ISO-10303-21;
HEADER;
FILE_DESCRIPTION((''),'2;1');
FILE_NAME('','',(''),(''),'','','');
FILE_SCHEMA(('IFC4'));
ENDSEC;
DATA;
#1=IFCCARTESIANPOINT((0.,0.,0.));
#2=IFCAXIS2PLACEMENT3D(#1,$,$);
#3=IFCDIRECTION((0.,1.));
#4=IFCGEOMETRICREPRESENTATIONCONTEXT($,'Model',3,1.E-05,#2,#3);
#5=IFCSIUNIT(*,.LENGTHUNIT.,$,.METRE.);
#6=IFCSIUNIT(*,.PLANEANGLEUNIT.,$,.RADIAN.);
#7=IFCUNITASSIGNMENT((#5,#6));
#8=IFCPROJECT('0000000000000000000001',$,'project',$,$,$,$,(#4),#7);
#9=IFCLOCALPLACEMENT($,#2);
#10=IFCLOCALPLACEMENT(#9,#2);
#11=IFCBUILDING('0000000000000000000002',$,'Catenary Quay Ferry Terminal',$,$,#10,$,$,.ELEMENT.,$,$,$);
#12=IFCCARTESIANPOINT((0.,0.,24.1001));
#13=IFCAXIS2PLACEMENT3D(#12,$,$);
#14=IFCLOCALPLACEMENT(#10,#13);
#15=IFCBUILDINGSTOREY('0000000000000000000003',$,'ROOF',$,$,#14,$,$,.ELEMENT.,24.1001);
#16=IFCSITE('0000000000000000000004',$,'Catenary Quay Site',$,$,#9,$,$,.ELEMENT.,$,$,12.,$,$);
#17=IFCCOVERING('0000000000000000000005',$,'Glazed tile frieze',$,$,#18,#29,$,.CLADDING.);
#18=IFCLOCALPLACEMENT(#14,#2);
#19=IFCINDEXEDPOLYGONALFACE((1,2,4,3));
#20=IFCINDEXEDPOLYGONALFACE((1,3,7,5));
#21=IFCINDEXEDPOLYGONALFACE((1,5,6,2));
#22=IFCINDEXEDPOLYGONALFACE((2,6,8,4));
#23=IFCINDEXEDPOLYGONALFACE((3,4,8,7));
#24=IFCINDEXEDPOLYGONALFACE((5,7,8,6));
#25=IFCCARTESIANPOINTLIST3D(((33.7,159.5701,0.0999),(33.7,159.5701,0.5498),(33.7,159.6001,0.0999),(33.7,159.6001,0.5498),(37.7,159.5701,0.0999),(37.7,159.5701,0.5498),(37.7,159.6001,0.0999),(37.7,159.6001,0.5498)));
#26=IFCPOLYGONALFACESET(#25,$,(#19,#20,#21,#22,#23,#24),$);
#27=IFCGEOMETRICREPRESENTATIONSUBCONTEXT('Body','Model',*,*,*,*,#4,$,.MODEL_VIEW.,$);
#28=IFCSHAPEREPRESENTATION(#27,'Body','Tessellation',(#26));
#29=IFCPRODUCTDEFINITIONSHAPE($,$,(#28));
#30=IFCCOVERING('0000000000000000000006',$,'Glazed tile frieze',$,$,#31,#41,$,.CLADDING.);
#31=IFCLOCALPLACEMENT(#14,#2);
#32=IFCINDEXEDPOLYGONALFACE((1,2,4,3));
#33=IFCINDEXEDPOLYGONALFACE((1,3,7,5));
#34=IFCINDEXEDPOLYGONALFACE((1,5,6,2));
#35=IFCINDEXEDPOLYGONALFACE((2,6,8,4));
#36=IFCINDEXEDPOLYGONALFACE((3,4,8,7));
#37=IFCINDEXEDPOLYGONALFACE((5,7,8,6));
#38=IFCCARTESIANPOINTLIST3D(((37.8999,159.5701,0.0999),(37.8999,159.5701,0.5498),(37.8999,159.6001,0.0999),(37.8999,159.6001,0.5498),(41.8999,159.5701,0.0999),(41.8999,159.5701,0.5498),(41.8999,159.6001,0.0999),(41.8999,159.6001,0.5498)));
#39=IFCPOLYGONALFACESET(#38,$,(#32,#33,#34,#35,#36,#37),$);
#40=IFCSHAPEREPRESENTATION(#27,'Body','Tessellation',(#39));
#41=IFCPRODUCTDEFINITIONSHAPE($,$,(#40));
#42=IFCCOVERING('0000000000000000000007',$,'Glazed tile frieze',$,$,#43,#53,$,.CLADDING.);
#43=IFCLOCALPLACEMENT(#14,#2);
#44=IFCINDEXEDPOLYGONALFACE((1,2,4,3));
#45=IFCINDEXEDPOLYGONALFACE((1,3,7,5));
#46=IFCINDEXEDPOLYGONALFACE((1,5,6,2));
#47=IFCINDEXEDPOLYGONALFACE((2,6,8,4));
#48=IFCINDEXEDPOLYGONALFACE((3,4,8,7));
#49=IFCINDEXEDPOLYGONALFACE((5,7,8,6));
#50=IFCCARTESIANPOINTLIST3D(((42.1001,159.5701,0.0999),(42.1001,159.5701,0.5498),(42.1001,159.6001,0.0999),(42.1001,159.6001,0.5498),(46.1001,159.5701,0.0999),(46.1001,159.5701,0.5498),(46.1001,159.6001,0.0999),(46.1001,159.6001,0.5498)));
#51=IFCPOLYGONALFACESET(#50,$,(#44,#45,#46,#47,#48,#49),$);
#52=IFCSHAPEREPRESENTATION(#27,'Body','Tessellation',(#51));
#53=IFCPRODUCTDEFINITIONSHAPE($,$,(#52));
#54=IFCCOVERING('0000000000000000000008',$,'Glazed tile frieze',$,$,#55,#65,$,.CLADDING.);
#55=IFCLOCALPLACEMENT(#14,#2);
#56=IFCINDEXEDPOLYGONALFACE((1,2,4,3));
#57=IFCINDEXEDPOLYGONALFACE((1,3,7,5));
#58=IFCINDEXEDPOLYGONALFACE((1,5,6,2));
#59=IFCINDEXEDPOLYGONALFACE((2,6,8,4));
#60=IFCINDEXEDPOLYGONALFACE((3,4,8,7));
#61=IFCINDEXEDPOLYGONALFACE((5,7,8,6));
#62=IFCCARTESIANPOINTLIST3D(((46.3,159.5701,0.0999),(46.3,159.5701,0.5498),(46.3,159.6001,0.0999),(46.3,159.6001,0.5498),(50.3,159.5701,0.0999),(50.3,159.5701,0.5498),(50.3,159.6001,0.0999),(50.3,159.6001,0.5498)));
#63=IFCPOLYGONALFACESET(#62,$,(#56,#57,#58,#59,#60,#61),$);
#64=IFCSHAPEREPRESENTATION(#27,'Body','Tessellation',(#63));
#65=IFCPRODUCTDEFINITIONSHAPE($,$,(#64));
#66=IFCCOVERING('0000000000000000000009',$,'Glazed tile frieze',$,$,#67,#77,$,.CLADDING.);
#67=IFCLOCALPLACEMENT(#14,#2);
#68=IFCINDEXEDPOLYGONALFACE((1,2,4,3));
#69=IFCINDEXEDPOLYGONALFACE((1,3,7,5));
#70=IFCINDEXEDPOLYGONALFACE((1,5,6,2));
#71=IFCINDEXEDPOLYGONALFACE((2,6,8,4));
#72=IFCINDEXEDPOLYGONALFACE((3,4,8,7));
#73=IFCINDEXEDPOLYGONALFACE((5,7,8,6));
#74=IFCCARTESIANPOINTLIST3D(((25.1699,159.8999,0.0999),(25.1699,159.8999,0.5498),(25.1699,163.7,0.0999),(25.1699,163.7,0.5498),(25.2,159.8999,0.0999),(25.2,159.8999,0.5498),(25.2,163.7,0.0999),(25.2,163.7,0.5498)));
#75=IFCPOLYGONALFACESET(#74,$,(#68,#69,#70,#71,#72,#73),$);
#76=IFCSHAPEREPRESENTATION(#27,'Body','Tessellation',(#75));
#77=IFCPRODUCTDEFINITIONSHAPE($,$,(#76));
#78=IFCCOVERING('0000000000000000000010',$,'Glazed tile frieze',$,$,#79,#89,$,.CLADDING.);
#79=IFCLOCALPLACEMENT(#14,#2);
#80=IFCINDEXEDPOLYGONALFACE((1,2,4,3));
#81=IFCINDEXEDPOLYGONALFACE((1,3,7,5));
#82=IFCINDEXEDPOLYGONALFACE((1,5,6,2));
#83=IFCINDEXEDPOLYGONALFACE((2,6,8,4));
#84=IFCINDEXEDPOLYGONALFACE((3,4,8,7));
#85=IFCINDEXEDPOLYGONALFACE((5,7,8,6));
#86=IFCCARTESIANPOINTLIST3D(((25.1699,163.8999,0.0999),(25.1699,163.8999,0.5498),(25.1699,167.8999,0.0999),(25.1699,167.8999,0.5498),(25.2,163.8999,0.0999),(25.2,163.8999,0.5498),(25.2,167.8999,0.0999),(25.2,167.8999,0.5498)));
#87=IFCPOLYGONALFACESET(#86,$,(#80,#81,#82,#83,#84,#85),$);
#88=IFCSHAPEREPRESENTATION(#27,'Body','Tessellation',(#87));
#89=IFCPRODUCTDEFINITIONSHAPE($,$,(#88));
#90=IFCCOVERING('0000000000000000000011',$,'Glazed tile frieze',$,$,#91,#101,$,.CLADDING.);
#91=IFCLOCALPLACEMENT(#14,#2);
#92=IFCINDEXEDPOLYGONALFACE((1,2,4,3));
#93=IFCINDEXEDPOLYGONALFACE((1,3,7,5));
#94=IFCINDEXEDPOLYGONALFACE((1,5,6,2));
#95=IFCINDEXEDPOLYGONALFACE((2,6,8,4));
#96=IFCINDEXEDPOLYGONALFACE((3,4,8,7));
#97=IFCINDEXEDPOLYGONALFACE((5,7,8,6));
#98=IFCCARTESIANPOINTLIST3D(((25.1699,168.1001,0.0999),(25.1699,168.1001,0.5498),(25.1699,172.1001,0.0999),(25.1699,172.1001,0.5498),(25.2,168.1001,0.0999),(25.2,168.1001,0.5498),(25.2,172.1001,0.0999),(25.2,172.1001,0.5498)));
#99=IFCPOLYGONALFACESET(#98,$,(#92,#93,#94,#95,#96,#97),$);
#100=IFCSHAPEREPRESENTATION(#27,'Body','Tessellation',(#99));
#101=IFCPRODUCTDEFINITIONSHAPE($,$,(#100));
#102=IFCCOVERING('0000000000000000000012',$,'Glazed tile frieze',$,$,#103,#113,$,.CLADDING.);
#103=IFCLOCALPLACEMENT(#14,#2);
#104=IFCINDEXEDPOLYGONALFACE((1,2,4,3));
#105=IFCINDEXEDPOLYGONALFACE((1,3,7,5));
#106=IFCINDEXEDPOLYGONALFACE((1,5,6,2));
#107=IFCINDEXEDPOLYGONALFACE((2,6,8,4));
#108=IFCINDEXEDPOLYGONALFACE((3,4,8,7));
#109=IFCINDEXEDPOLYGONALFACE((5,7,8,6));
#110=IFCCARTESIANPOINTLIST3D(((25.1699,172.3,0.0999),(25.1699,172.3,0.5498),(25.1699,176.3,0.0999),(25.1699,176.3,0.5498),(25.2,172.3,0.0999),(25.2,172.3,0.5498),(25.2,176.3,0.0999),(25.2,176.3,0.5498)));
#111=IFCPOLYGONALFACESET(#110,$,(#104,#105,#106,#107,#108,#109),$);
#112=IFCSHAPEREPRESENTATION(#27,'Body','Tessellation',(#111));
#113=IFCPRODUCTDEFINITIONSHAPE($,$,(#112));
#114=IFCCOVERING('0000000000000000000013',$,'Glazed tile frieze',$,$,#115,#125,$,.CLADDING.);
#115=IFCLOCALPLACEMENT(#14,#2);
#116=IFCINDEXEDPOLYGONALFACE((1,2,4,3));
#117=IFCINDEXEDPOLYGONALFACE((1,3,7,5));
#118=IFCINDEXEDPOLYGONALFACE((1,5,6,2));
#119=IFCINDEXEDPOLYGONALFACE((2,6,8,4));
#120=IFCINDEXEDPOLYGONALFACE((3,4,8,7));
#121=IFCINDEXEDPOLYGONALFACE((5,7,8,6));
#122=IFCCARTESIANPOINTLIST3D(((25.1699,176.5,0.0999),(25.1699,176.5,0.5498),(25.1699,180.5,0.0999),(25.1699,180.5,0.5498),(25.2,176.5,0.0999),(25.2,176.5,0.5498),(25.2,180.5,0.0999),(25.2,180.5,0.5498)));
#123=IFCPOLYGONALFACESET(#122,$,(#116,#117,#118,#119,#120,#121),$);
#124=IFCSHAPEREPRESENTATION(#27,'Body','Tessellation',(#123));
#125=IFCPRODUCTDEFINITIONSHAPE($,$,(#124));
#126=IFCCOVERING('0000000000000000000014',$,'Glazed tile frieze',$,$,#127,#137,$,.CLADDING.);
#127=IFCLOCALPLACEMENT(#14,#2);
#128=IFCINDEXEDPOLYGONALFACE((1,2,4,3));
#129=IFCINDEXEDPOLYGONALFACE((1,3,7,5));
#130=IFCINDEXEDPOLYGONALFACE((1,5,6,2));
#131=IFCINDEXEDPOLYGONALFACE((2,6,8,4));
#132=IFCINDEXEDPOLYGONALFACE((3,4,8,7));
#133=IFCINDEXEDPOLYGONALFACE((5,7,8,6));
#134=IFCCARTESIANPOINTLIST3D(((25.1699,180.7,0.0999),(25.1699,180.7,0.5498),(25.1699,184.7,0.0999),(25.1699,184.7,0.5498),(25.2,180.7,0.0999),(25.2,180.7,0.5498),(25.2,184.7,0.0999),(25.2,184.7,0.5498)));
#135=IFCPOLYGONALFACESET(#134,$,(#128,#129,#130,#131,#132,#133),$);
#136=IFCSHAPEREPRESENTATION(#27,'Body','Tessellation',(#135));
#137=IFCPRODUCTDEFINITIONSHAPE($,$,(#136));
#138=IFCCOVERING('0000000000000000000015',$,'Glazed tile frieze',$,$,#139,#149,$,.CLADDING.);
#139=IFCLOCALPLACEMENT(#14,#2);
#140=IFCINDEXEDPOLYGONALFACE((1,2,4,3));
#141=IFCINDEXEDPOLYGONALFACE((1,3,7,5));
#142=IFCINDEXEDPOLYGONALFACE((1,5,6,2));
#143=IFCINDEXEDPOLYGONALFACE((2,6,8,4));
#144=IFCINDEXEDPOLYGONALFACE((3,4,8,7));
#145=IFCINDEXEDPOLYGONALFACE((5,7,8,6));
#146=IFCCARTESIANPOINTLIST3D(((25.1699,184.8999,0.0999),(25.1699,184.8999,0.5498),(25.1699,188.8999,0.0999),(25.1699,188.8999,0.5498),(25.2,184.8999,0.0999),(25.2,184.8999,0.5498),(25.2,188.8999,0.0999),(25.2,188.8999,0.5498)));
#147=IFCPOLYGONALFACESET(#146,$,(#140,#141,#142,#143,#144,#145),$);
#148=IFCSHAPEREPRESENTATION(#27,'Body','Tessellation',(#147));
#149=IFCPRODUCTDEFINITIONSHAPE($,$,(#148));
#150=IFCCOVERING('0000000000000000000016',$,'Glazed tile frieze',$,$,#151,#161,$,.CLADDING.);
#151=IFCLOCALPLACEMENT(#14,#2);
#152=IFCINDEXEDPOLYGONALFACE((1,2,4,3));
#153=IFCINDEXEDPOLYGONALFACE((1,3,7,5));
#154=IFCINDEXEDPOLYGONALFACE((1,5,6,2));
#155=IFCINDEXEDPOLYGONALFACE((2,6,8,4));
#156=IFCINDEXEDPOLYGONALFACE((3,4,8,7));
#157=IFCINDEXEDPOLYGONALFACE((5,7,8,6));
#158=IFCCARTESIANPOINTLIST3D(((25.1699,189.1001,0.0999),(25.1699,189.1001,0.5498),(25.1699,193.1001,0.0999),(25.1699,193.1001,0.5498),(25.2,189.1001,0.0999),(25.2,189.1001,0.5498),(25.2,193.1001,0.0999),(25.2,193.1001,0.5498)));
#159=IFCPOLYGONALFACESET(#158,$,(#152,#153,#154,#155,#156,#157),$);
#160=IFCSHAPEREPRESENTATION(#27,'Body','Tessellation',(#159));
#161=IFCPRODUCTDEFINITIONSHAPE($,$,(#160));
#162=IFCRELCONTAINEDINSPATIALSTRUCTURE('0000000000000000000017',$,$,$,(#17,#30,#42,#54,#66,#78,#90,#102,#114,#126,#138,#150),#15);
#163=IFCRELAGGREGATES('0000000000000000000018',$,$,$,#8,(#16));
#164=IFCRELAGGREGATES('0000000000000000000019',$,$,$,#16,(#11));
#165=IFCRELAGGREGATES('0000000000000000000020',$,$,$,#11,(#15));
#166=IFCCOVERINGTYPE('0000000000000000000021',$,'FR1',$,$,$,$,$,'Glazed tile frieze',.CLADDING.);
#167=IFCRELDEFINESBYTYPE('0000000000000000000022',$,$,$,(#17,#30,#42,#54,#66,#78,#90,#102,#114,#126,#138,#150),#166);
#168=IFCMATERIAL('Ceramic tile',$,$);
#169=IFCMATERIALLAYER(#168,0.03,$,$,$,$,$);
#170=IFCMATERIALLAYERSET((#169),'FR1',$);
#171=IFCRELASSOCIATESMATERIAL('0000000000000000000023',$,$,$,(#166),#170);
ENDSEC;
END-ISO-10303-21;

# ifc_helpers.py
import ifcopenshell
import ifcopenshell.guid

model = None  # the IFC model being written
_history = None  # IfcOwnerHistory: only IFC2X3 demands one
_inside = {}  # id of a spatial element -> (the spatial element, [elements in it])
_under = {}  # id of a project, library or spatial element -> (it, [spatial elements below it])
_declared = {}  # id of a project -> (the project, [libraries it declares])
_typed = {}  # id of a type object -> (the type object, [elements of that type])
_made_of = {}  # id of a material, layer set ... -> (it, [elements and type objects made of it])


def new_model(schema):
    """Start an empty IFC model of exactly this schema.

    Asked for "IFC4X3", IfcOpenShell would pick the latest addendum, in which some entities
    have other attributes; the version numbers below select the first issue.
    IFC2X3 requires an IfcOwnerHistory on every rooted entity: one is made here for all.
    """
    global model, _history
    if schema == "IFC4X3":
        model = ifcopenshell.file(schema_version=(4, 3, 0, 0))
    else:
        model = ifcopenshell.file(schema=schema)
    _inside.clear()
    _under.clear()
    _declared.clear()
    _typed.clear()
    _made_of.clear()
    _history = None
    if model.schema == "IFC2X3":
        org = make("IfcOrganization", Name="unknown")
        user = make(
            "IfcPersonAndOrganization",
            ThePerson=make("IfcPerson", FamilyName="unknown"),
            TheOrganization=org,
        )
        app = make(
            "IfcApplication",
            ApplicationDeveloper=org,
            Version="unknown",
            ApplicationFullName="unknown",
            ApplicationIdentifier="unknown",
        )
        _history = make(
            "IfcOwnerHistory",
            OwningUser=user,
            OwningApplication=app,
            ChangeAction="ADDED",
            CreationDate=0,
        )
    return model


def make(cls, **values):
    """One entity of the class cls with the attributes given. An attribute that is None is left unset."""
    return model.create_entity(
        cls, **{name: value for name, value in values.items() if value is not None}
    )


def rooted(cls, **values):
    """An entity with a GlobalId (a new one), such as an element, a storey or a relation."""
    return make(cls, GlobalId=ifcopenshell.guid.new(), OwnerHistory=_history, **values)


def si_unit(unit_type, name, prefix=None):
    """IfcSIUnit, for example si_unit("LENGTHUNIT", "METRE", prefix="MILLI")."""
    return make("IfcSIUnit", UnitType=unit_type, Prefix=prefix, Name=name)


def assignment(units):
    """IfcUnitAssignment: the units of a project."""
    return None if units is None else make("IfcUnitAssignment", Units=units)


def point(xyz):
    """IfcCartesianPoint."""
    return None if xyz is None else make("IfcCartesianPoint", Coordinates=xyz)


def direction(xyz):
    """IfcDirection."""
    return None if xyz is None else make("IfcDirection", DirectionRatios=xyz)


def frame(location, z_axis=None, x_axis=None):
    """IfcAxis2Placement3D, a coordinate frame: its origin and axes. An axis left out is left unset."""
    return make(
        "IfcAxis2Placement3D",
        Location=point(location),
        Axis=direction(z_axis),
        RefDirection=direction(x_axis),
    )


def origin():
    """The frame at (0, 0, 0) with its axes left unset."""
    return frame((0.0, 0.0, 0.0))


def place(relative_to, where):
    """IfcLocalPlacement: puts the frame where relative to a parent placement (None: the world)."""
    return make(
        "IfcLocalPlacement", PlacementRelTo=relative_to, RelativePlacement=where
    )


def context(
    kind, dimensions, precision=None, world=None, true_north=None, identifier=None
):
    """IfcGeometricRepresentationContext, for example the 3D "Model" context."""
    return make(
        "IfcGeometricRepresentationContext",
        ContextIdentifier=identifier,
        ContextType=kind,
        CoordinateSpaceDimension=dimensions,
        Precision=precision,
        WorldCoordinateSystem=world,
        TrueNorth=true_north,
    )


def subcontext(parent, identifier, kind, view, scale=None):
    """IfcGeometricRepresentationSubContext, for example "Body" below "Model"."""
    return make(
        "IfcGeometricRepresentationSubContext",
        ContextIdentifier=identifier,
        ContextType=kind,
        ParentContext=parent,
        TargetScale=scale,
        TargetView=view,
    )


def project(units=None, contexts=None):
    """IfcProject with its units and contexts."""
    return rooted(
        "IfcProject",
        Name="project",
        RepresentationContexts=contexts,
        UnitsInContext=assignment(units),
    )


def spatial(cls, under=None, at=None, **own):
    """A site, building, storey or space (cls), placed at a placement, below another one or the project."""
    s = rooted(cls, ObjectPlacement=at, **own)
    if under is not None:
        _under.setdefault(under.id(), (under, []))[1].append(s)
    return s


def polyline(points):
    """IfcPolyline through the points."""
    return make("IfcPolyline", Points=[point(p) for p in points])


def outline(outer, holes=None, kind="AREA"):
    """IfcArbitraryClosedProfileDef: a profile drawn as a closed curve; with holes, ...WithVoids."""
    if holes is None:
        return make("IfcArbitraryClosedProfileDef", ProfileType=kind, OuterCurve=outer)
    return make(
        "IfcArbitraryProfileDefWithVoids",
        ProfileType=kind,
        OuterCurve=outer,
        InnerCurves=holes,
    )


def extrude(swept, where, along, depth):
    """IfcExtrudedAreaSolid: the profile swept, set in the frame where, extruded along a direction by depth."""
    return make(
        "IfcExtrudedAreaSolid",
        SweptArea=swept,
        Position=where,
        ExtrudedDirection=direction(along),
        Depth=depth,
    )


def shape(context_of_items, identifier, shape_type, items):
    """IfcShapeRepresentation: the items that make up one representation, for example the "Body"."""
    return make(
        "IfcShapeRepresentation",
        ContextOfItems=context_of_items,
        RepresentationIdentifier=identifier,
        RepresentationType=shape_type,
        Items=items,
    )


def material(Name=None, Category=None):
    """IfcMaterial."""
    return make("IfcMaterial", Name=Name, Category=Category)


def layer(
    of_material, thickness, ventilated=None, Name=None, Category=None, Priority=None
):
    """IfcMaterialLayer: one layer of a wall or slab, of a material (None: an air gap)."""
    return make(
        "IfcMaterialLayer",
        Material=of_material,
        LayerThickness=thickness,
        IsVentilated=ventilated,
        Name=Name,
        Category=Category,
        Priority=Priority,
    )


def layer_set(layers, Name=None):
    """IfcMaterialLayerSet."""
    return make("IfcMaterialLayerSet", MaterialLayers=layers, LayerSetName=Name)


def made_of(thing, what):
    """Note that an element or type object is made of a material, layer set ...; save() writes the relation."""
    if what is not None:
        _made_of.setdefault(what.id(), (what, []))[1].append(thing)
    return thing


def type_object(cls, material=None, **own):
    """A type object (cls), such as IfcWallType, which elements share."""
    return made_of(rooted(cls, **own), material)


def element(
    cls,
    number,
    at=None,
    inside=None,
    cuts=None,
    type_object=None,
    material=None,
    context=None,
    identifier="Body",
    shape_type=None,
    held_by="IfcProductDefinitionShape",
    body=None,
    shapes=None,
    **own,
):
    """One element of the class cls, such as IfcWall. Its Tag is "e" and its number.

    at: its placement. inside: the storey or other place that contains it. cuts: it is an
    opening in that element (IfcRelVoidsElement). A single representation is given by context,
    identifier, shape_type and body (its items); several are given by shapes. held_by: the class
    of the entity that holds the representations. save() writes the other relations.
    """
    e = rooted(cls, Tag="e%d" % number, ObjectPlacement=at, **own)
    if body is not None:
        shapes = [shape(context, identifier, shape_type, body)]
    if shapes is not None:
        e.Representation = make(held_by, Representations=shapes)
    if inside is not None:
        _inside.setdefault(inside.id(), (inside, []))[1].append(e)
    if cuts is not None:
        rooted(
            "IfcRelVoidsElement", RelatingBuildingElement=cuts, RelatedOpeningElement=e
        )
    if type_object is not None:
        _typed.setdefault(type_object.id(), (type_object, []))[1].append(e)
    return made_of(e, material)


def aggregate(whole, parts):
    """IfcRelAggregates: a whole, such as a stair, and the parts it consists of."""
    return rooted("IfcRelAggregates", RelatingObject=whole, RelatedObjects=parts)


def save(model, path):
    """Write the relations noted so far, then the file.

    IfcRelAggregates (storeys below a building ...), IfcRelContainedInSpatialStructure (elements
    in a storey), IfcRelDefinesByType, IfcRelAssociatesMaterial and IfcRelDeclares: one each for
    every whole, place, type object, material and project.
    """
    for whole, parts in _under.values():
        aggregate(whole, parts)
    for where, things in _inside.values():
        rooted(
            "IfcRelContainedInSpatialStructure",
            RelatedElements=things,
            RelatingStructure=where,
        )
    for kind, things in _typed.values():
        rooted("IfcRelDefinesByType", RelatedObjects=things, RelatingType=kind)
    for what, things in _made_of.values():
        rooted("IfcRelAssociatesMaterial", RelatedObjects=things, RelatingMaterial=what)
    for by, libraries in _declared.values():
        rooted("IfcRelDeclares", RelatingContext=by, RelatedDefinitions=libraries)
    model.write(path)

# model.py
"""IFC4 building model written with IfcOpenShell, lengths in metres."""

from ifc_helpers import new_model, si_unit, direction, frame, origin, place, context, subcontext, project, spatial, polyline, outline, extrude, material, layer, layer_set, type_object, element, save


model = new_model("IFC4")

# Units and contexts
model_context = context("Model", 3, precision=1e-05, world=origin(), true_north=direction((0.0, 1.0)))
body_context = subcontext(model_context, "Body", "Model", "MODEL_VIEW")
ifc_project = project(units=[si_unit("LENGTHUNIT", "METRE"), si_unit("PLANEANGLEUNIT", "RADIAN")], contexts=[model_context])

# Site, building, storey
site_placement = place(None, origin())
site = spatial("IfcSite", under=ifc_project, at=site_placement, Name="Catenary Quay Site", CompositionType="ELEMENT", RefElevation=12.0)
building_placement = place(site_placement, origin())
building = spatial("IfcBuilding", under=site, at=building_placement, Name="Catenary Quay Ferry Terminal", CompositionType="ELEMENT")
storey_placement = place(building_placement, frame((0.0, 0.0, 24.1001)))
storey = spatial("IfcBuildingStorey", under=building, at=storey_placement, Name="ROOF", CompositionType="ELEMENT", Elevation=24.1001)

# Coverings
ifc_material_1 = material(Name="Ceramic tile")
ifc_layer_1 = layer(ifc_material_1, 0.03)
ifc_layer_set_1 = layer_set([ifc_layer_1], Name="FR1")
covering_type = type_object("IfcCoveringType", Name="FR1", ElementType="Glazed tile frieze", PredefinedType="CLADDING", material=ifc_layer_set_1)
covering_1_placement = place(storey_placement, frame((0.0, 0.0, 0.0999)))
element("IfcCovering", 1, at=covering_1_placement, inside=storey, type_object=covering_type, Name="Glazed tile frieze", PredefinedType="CLADDING", context=body_context, shape_type="SweptSolid", body=[
    extrude(outline(polyline([(33.7, 159.6001), (37.7, 159.6001), (37.7, 159.5701), (33.7, 159.5701), (33.7, 159.6001)])), origin(), (0.0, 0.0, 1.0), 0.45),
])
covering_2_placement = place(storey_placement, frame((0.0, 0.0, 0.0999)))
element("IfcCovering", 2, at=covering_2_placement, inside=storey, type_object=covering_type, Name="Glazed tile frieze", PredefinedType="CLADDING", context=body_context, shape_type="SweptSolid", body=[
    extrude(outline(polyline([(37.8999, 159.6001), (41.8999, 159.6001), (41.8999, 159.5701), (37.8999, 159.5701), (37.8999, 159.6001)])), origin(), (0.0, 0.0, 1.0), 0.45),
])
covering_3_placement = place(storey_placement, frame((0.0, 0.0, 0.0999)))
element("IfcCovering", 3, at=covering_3_placement, inside=storey, type_object=covering_type, Name="Glazed tile frieze", PredefinedType="CLADDING", context=body_context, shape_type="SweptSolid", body=[
    extrude(outline(polyline([(42.1001, 159.6001), (46.1001, 159.6001), (46.1001, 159.5701), (42.1001, 159.5701), (42.1001, 159.6001)])), origin(), (0.0, 0.0, 1.0), 0.45),
])
covering_4_placement = place(storey_placement, frame((0.0, 0.0, 0.0999)))
element("IfcCovering", 4, at=covering_4_placement, inside=storey, type_object=covering_type, Name="Glazed tile frieze", PredefinedType="CLADDING", context=body_context, shape_type="SweptSolid", body=[
    extrude(outline(polyline([(46.3, 159.6001), (50.3, 159.6001), (50.3, 159.5701), (46.3, 159.5701), (46.3, 159.6001)])), origin(), (0.0, 0.0, 1.0), 0.45),
])
covering_5_placement = place(storey_placement, frame((0.0, 0.0, 0.0999)))
element("IfcCovering", 5, at=covering_5_placement, inside=storey, type_object=covering_type, Name="Glazed tile frieze", PredefinedType="CLADDING", context=body_context, shape_type="SweptSolid", body=[
    extrude(outline(polyline([(25.2, 159.8999), (25.2, 163.7), (25.1699, 163.7), (25.1699, 159.8999), (25.2, 159.8999)])), origin(), (0.0, 0.0, 1.0), 0.45),
])
covering_6_placement = place(storey_placement, frame((0.0, 0.0, 0.0999)))
element("IfcCovering", 6, at=covering_6_placement, inside=storey, type_object=covering_type, Name="Glazed tile frieze", PredefinedType="CLADDING", context=body_context, shape_type="SweptSolid", body=[
    extrude(outline(polyline([(25.2, 163.8999), (25.2, 167.8999), (25.1699, 167.8999), (25.1699, 163.8999), (25.2, 163.8999)])), origin(), (0.0, 0.0, 1.0), 0.45),
])
covering_7_placement = place(storey_placement, frame((0.0, 0.0, 0.0999)))
element("IfcCovering", 7, at=covering_7_placement, inside=storey, type_object=covering_type, Name="Glazed tile frieze", PredefinedType="CLADDING", context=body_context, shape_type="SweptSolid", body=[
    extrude(outline(polyline([(25.2, 168.1001), (25.2, 172.1001), (25.1699, 172.1001), (25.1699, 168.1001), (25.2, 168.1001)])), origin(), (0.0, 0.0, 1.0), 0.45),
])
covering_8_placement = place(storey_placement, frame((0.0, 0.0, 0.0999)))
element("IfcCovering", 8, at=covering_8_placement, inside=storey, type_object=covering_type, Name="Glazed tile frieze", PredefinedType="CLADDING", context=body_context, shape_type="SweptSolid", body=[
    extrude(outline(polyline([(25.2, 172.3), (25.2, 176.3), (25.1699, 176.3), (25.1699, 172.3), (25.2, 172.3)])), origin(), (0.0, 0.0, 1.0), 0.45),
])
covering_9_placement = place(storey_placement, frame((0.0, 0.0, 0.0999)))
element("IfcCovering", 9, at=covering_9_placement, inside=storey, type_object=covering_type, Name="Glazed tile frieze", PredefinedType="CLADDING", context=body_context, shape_type="SweptSolid", body=[
    extrude(outline(polyline([(25.2, 176.5), (25.2, 180.5), (25.1699, 180.5), (25.1699, 176.5), (25.2, 176.5)])), origin(), (0.0, 0.0, 1.0), 0.45),
])
covering_10_placement = place(storey_placement, frame((0.0, 0.0, 0.0999)))
element("IfcCovering", 10, at=covering_10_placement, inside=storey, type_object=covering_type, Name="Glazed tile frieze", PredefinedType="CLADDING", context=body_context, shape_type="SweptSolid", body=[
    extrude(outline(polyline([(25.2, 180.7), (25.2, 184.7), (25.1699, 184.7), (25.1699, 180.7), (25.2, 180.7)])), origin(), (0.0, 0.0, 1.0), 0.45),
])
covering_11_placement = place(storey_placement, frame((0.0, 0.0, 0.0999)))
element("IfcCovering", 11, at=covering_11_placement, inside=storey, type_object=covering_type, Name="Glazed tile frieze", PredefinedType="CLADDING", context=body_context, shape_type="SweptSolid", body=[
    extrude(outline(polyline([(25.2, 184.8999), (25.2, 188.8999), (25.1699, 188.8999), (25.1699, 184.8999), (25.2, 184.8999)])), origin(), (0.0, 0.0, 1.0), 0.45),
])
covering_12_placement = place(storey_placement, frame((0.0, 0.0, 0.0999)))
element("IfcCovering", 12, at=covering_12_placement, inside=storey, type_object=covering_type, Name="Glazed tile frieze", PredefinedType="CLADDING", context=body_context, shape_type="SweptSolid", body=[
    extrude(outline(polyline([(25.2, 189.1001), (25.2, 193.1001), (25.1699, 193.1001), (25.1699, 189.1001), (25.2, 189.1001)])), origin(), (0.0, 0.0, 1.0), 0.45),
])

save(model, "model.ifc")
